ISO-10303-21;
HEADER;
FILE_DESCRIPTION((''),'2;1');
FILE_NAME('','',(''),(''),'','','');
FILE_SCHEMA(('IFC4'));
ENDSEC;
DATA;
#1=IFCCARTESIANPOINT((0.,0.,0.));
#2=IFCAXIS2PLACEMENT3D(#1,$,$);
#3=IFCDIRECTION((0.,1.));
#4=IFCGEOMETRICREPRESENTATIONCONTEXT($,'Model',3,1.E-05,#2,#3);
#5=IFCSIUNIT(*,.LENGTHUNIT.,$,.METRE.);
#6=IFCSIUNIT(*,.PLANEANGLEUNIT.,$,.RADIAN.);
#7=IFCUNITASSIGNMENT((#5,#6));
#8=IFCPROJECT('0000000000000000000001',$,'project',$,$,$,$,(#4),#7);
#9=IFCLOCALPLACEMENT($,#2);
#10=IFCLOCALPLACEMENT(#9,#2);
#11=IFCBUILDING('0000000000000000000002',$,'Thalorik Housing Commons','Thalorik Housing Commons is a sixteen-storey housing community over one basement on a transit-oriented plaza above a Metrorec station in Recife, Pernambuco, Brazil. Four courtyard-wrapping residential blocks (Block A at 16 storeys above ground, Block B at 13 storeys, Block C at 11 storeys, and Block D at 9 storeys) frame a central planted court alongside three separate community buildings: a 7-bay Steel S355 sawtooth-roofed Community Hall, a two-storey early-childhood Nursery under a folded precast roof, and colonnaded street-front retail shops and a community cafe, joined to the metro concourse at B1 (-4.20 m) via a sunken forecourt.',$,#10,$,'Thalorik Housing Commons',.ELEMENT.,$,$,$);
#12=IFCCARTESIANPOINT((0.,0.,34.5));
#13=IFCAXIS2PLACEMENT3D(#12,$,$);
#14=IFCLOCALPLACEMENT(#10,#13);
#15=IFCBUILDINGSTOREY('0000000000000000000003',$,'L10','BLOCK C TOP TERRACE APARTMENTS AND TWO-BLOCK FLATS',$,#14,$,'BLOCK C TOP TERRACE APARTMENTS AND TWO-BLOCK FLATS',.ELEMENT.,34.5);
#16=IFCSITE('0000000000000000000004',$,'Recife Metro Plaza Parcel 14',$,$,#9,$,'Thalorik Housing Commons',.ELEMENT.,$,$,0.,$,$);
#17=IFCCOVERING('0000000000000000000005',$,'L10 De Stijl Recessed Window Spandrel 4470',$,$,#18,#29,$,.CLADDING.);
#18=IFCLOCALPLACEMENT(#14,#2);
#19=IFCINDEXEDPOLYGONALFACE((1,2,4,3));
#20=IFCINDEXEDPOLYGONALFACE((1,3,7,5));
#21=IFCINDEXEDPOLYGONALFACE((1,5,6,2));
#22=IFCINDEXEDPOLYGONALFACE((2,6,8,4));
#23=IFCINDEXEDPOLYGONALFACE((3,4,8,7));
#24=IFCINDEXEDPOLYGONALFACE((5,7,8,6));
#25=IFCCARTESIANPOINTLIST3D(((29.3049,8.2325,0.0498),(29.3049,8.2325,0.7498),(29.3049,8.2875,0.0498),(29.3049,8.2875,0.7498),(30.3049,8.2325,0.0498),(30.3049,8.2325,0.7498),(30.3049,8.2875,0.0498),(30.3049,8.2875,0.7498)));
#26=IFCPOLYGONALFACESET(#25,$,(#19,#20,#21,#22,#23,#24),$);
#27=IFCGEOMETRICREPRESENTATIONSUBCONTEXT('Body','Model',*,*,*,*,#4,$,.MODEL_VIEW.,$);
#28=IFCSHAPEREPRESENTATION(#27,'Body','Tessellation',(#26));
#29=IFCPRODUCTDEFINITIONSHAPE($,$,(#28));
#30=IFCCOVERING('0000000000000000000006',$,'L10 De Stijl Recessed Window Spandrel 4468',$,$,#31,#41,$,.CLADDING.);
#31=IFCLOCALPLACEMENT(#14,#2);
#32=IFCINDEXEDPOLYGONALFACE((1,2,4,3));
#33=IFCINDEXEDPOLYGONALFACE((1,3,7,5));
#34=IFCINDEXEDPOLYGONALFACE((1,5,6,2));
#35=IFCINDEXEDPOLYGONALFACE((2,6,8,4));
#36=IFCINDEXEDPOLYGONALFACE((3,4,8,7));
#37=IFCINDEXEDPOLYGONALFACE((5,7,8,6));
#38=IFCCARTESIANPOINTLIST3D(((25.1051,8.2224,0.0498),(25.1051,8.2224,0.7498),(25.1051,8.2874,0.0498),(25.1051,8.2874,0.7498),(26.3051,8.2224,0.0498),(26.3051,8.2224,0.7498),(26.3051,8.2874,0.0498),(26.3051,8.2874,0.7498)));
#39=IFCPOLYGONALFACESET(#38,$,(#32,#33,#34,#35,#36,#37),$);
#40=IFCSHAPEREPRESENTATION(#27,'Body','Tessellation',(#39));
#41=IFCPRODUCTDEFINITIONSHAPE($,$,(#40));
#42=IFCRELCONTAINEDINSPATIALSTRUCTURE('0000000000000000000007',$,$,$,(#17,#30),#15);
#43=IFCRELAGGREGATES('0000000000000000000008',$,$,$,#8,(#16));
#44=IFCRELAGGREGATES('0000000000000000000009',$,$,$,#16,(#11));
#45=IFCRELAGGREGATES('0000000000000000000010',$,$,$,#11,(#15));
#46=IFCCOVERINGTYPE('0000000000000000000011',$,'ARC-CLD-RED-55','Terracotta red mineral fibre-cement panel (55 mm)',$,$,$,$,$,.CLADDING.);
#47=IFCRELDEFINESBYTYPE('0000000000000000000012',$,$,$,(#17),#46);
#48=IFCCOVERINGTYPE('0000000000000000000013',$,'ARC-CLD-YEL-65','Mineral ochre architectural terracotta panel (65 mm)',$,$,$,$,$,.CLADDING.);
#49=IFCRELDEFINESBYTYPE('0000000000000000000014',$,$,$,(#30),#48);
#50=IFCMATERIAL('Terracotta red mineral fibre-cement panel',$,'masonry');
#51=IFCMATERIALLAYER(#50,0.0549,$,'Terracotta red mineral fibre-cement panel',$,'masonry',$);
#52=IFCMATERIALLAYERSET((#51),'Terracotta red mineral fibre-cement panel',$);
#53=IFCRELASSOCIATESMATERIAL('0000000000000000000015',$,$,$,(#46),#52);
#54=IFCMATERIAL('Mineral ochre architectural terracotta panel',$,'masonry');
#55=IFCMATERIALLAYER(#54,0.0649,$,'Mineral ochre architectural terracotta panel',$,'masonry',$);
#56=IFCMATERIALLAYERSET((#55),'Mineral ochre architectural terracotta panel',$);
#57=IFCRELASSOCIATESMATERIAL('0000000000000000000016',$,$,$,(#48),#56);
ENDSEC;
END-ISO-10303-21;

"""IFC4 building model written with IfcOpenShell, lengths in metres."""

from ifc_helpers import new_model, si_unit, direction, frame, origin, origin_2d, place, context, subcontext, project, spatial, rectangle, extrude, material, layer, layer_set, type_object, element, save


model = new_model("IFC4")

# Units and contexts
model_context = context("Model", 3, precision=1e-05, world=origin(), true_north=direction((0.0, 1.0)))
body_context = subcontext(model_context, "Body", "Model", "MODEL_VIEW")
ifc_project = project(units=[si_unit("LENGTHUNIT", "METRE"), si_unit("PLANEANGLEUNIT", "RADIAN")], contexts=[model_context])

# Site, building, storey
site_placement = place(None, origin())
site = spatial("IfcSite", under=ifc_project, at=site_placement, Name="Recife Metro Plaza Parcel 14", LongName="Thalorik Housing Commons", CompositionType="ELEMENT", RefElevation=0.0)
building_placement = place(site_placement, origin())
building = spatial("IfcBuilding", under=site, at=building_placement, Name="Thalorik Housing Commons", Description="Thalorik Housing Commons is a sixteen-storey housing community over one basement on a transit-oriented plaza above a Metrorec station in Recife, Pernambuco, Brazil. Four courtyard-wrapping residential blocks (Block A at 16 storeys above ground, Block B at 13 storeys, Block C at 11 storeys, and Block D at 9 storeys) frame a central planted court alongside three separate community buildings: a 7-bay Steel S355 sawtooth-roofed Community Hall, a two-storey early-childhood Nursery under a folded precast roof, and colonnaded street-front retail shops and a community cafe, joined to the metro concourse at B1 (-4.20 m) via a sunken forecourt.", LongName="Thalorik Housing Commons", CompositionType="ELEMENT")
storey_placement = place(building_placement, frame((0.0, 0.0, 34.5)))
storey = spatial("IfcBuildingStorey", under=building, at=storey_placement, Name="L10", Description="BLOCK C TOP TERRACE APARTMENTS AND TWO-BLOCK FLATS", LongName="BLOCK C TOP TERRACE APARTMENTS AND TWO-BLOCK FLATS", CompositionType="ELEMENT", Elevation=34.5)

# Coverings
ifc_material_1 = material(Name="Terracotta red mineral fibre-cement panel", Category="masonry")
ifc_layer_1 = layer(ifc_material_1, 0.0549, Name="Terracotta red mineral fibre-cement panel", Category="masonry")
ifc_layer_set_1 = layer_set([ifc_layer_1], Name="Terracotta red mineral fibre-cement panel")
covering_type_1 = type_object("IfcCoveringType", Name="ARC-CLD-RED-55", Description="Terracotta red mineral fibre-cement panel (55 mm)", PredefinedType="CLADDING", material=ifc_layer_set_1)
covering_1_placement = place(storey_placement, frame((29.8049, 8.26, 0.0498), z_axis=(0.0, 0.0, 1.0), x_axis=(1.0, 0.0, 0.0)))
element("IfcCovering", 1, at=covering_1_placement, inside=storey, type_object=covering_type_1, Name="L10 De Stijl Recessed Window Spandrel 4470", PredefinedType="CLADDING", context=body_context, shape_type="SweptSolid", body=[
    extrude(rectangle(XDim=1.0, YDim=0.0549, at=origin_2d()), origin(), (0.0, 0.0, 1.0), 0.7),
])
ifc_material_2 = material(Name="Mineral ochre architectural terracotta panel", Category="masonry")
ifc_layer_2 = layer(ifc_material_2, 0.0649, Name="Mineral ochre architectural terracotta panel", Category="masonry")
ifc_layer_set_2 = layer_set([ifc_layer_2], Name="Mineral ochre architectural terracotta panel")
covering_type_2 = type_object("IfcCoveringType", Name="ARC-CLD-YEL-65", Description="Mineral ochre architectural terracotta panel (65 mm)", PredefinedType="CLADDING", material=ifc_layer_set_2)
covering_2_placement = place(storey_placement, frame((25.7051, 8.2549, 0.0498), z_axis=(0.0, 0.0, 1.0), x_axis=(1.0, 0.0, 0.0)))
element("IfcCovering", 2, at=covering_2_placement, inside=storey, type_object=covering_type_2, Name="L10 De Stijl Recessed Window Spandrel 4468", PredefinedType="CLADDING", context=body_context, shape_type="SweptSolid", body=[
    extrude(rectangle(XDim=1.2, YDim=0.0649, at=origin_2d()), origin(), (0.0, 0.0, 1.0), 0.7),
])

save(model, "model.ifc")
